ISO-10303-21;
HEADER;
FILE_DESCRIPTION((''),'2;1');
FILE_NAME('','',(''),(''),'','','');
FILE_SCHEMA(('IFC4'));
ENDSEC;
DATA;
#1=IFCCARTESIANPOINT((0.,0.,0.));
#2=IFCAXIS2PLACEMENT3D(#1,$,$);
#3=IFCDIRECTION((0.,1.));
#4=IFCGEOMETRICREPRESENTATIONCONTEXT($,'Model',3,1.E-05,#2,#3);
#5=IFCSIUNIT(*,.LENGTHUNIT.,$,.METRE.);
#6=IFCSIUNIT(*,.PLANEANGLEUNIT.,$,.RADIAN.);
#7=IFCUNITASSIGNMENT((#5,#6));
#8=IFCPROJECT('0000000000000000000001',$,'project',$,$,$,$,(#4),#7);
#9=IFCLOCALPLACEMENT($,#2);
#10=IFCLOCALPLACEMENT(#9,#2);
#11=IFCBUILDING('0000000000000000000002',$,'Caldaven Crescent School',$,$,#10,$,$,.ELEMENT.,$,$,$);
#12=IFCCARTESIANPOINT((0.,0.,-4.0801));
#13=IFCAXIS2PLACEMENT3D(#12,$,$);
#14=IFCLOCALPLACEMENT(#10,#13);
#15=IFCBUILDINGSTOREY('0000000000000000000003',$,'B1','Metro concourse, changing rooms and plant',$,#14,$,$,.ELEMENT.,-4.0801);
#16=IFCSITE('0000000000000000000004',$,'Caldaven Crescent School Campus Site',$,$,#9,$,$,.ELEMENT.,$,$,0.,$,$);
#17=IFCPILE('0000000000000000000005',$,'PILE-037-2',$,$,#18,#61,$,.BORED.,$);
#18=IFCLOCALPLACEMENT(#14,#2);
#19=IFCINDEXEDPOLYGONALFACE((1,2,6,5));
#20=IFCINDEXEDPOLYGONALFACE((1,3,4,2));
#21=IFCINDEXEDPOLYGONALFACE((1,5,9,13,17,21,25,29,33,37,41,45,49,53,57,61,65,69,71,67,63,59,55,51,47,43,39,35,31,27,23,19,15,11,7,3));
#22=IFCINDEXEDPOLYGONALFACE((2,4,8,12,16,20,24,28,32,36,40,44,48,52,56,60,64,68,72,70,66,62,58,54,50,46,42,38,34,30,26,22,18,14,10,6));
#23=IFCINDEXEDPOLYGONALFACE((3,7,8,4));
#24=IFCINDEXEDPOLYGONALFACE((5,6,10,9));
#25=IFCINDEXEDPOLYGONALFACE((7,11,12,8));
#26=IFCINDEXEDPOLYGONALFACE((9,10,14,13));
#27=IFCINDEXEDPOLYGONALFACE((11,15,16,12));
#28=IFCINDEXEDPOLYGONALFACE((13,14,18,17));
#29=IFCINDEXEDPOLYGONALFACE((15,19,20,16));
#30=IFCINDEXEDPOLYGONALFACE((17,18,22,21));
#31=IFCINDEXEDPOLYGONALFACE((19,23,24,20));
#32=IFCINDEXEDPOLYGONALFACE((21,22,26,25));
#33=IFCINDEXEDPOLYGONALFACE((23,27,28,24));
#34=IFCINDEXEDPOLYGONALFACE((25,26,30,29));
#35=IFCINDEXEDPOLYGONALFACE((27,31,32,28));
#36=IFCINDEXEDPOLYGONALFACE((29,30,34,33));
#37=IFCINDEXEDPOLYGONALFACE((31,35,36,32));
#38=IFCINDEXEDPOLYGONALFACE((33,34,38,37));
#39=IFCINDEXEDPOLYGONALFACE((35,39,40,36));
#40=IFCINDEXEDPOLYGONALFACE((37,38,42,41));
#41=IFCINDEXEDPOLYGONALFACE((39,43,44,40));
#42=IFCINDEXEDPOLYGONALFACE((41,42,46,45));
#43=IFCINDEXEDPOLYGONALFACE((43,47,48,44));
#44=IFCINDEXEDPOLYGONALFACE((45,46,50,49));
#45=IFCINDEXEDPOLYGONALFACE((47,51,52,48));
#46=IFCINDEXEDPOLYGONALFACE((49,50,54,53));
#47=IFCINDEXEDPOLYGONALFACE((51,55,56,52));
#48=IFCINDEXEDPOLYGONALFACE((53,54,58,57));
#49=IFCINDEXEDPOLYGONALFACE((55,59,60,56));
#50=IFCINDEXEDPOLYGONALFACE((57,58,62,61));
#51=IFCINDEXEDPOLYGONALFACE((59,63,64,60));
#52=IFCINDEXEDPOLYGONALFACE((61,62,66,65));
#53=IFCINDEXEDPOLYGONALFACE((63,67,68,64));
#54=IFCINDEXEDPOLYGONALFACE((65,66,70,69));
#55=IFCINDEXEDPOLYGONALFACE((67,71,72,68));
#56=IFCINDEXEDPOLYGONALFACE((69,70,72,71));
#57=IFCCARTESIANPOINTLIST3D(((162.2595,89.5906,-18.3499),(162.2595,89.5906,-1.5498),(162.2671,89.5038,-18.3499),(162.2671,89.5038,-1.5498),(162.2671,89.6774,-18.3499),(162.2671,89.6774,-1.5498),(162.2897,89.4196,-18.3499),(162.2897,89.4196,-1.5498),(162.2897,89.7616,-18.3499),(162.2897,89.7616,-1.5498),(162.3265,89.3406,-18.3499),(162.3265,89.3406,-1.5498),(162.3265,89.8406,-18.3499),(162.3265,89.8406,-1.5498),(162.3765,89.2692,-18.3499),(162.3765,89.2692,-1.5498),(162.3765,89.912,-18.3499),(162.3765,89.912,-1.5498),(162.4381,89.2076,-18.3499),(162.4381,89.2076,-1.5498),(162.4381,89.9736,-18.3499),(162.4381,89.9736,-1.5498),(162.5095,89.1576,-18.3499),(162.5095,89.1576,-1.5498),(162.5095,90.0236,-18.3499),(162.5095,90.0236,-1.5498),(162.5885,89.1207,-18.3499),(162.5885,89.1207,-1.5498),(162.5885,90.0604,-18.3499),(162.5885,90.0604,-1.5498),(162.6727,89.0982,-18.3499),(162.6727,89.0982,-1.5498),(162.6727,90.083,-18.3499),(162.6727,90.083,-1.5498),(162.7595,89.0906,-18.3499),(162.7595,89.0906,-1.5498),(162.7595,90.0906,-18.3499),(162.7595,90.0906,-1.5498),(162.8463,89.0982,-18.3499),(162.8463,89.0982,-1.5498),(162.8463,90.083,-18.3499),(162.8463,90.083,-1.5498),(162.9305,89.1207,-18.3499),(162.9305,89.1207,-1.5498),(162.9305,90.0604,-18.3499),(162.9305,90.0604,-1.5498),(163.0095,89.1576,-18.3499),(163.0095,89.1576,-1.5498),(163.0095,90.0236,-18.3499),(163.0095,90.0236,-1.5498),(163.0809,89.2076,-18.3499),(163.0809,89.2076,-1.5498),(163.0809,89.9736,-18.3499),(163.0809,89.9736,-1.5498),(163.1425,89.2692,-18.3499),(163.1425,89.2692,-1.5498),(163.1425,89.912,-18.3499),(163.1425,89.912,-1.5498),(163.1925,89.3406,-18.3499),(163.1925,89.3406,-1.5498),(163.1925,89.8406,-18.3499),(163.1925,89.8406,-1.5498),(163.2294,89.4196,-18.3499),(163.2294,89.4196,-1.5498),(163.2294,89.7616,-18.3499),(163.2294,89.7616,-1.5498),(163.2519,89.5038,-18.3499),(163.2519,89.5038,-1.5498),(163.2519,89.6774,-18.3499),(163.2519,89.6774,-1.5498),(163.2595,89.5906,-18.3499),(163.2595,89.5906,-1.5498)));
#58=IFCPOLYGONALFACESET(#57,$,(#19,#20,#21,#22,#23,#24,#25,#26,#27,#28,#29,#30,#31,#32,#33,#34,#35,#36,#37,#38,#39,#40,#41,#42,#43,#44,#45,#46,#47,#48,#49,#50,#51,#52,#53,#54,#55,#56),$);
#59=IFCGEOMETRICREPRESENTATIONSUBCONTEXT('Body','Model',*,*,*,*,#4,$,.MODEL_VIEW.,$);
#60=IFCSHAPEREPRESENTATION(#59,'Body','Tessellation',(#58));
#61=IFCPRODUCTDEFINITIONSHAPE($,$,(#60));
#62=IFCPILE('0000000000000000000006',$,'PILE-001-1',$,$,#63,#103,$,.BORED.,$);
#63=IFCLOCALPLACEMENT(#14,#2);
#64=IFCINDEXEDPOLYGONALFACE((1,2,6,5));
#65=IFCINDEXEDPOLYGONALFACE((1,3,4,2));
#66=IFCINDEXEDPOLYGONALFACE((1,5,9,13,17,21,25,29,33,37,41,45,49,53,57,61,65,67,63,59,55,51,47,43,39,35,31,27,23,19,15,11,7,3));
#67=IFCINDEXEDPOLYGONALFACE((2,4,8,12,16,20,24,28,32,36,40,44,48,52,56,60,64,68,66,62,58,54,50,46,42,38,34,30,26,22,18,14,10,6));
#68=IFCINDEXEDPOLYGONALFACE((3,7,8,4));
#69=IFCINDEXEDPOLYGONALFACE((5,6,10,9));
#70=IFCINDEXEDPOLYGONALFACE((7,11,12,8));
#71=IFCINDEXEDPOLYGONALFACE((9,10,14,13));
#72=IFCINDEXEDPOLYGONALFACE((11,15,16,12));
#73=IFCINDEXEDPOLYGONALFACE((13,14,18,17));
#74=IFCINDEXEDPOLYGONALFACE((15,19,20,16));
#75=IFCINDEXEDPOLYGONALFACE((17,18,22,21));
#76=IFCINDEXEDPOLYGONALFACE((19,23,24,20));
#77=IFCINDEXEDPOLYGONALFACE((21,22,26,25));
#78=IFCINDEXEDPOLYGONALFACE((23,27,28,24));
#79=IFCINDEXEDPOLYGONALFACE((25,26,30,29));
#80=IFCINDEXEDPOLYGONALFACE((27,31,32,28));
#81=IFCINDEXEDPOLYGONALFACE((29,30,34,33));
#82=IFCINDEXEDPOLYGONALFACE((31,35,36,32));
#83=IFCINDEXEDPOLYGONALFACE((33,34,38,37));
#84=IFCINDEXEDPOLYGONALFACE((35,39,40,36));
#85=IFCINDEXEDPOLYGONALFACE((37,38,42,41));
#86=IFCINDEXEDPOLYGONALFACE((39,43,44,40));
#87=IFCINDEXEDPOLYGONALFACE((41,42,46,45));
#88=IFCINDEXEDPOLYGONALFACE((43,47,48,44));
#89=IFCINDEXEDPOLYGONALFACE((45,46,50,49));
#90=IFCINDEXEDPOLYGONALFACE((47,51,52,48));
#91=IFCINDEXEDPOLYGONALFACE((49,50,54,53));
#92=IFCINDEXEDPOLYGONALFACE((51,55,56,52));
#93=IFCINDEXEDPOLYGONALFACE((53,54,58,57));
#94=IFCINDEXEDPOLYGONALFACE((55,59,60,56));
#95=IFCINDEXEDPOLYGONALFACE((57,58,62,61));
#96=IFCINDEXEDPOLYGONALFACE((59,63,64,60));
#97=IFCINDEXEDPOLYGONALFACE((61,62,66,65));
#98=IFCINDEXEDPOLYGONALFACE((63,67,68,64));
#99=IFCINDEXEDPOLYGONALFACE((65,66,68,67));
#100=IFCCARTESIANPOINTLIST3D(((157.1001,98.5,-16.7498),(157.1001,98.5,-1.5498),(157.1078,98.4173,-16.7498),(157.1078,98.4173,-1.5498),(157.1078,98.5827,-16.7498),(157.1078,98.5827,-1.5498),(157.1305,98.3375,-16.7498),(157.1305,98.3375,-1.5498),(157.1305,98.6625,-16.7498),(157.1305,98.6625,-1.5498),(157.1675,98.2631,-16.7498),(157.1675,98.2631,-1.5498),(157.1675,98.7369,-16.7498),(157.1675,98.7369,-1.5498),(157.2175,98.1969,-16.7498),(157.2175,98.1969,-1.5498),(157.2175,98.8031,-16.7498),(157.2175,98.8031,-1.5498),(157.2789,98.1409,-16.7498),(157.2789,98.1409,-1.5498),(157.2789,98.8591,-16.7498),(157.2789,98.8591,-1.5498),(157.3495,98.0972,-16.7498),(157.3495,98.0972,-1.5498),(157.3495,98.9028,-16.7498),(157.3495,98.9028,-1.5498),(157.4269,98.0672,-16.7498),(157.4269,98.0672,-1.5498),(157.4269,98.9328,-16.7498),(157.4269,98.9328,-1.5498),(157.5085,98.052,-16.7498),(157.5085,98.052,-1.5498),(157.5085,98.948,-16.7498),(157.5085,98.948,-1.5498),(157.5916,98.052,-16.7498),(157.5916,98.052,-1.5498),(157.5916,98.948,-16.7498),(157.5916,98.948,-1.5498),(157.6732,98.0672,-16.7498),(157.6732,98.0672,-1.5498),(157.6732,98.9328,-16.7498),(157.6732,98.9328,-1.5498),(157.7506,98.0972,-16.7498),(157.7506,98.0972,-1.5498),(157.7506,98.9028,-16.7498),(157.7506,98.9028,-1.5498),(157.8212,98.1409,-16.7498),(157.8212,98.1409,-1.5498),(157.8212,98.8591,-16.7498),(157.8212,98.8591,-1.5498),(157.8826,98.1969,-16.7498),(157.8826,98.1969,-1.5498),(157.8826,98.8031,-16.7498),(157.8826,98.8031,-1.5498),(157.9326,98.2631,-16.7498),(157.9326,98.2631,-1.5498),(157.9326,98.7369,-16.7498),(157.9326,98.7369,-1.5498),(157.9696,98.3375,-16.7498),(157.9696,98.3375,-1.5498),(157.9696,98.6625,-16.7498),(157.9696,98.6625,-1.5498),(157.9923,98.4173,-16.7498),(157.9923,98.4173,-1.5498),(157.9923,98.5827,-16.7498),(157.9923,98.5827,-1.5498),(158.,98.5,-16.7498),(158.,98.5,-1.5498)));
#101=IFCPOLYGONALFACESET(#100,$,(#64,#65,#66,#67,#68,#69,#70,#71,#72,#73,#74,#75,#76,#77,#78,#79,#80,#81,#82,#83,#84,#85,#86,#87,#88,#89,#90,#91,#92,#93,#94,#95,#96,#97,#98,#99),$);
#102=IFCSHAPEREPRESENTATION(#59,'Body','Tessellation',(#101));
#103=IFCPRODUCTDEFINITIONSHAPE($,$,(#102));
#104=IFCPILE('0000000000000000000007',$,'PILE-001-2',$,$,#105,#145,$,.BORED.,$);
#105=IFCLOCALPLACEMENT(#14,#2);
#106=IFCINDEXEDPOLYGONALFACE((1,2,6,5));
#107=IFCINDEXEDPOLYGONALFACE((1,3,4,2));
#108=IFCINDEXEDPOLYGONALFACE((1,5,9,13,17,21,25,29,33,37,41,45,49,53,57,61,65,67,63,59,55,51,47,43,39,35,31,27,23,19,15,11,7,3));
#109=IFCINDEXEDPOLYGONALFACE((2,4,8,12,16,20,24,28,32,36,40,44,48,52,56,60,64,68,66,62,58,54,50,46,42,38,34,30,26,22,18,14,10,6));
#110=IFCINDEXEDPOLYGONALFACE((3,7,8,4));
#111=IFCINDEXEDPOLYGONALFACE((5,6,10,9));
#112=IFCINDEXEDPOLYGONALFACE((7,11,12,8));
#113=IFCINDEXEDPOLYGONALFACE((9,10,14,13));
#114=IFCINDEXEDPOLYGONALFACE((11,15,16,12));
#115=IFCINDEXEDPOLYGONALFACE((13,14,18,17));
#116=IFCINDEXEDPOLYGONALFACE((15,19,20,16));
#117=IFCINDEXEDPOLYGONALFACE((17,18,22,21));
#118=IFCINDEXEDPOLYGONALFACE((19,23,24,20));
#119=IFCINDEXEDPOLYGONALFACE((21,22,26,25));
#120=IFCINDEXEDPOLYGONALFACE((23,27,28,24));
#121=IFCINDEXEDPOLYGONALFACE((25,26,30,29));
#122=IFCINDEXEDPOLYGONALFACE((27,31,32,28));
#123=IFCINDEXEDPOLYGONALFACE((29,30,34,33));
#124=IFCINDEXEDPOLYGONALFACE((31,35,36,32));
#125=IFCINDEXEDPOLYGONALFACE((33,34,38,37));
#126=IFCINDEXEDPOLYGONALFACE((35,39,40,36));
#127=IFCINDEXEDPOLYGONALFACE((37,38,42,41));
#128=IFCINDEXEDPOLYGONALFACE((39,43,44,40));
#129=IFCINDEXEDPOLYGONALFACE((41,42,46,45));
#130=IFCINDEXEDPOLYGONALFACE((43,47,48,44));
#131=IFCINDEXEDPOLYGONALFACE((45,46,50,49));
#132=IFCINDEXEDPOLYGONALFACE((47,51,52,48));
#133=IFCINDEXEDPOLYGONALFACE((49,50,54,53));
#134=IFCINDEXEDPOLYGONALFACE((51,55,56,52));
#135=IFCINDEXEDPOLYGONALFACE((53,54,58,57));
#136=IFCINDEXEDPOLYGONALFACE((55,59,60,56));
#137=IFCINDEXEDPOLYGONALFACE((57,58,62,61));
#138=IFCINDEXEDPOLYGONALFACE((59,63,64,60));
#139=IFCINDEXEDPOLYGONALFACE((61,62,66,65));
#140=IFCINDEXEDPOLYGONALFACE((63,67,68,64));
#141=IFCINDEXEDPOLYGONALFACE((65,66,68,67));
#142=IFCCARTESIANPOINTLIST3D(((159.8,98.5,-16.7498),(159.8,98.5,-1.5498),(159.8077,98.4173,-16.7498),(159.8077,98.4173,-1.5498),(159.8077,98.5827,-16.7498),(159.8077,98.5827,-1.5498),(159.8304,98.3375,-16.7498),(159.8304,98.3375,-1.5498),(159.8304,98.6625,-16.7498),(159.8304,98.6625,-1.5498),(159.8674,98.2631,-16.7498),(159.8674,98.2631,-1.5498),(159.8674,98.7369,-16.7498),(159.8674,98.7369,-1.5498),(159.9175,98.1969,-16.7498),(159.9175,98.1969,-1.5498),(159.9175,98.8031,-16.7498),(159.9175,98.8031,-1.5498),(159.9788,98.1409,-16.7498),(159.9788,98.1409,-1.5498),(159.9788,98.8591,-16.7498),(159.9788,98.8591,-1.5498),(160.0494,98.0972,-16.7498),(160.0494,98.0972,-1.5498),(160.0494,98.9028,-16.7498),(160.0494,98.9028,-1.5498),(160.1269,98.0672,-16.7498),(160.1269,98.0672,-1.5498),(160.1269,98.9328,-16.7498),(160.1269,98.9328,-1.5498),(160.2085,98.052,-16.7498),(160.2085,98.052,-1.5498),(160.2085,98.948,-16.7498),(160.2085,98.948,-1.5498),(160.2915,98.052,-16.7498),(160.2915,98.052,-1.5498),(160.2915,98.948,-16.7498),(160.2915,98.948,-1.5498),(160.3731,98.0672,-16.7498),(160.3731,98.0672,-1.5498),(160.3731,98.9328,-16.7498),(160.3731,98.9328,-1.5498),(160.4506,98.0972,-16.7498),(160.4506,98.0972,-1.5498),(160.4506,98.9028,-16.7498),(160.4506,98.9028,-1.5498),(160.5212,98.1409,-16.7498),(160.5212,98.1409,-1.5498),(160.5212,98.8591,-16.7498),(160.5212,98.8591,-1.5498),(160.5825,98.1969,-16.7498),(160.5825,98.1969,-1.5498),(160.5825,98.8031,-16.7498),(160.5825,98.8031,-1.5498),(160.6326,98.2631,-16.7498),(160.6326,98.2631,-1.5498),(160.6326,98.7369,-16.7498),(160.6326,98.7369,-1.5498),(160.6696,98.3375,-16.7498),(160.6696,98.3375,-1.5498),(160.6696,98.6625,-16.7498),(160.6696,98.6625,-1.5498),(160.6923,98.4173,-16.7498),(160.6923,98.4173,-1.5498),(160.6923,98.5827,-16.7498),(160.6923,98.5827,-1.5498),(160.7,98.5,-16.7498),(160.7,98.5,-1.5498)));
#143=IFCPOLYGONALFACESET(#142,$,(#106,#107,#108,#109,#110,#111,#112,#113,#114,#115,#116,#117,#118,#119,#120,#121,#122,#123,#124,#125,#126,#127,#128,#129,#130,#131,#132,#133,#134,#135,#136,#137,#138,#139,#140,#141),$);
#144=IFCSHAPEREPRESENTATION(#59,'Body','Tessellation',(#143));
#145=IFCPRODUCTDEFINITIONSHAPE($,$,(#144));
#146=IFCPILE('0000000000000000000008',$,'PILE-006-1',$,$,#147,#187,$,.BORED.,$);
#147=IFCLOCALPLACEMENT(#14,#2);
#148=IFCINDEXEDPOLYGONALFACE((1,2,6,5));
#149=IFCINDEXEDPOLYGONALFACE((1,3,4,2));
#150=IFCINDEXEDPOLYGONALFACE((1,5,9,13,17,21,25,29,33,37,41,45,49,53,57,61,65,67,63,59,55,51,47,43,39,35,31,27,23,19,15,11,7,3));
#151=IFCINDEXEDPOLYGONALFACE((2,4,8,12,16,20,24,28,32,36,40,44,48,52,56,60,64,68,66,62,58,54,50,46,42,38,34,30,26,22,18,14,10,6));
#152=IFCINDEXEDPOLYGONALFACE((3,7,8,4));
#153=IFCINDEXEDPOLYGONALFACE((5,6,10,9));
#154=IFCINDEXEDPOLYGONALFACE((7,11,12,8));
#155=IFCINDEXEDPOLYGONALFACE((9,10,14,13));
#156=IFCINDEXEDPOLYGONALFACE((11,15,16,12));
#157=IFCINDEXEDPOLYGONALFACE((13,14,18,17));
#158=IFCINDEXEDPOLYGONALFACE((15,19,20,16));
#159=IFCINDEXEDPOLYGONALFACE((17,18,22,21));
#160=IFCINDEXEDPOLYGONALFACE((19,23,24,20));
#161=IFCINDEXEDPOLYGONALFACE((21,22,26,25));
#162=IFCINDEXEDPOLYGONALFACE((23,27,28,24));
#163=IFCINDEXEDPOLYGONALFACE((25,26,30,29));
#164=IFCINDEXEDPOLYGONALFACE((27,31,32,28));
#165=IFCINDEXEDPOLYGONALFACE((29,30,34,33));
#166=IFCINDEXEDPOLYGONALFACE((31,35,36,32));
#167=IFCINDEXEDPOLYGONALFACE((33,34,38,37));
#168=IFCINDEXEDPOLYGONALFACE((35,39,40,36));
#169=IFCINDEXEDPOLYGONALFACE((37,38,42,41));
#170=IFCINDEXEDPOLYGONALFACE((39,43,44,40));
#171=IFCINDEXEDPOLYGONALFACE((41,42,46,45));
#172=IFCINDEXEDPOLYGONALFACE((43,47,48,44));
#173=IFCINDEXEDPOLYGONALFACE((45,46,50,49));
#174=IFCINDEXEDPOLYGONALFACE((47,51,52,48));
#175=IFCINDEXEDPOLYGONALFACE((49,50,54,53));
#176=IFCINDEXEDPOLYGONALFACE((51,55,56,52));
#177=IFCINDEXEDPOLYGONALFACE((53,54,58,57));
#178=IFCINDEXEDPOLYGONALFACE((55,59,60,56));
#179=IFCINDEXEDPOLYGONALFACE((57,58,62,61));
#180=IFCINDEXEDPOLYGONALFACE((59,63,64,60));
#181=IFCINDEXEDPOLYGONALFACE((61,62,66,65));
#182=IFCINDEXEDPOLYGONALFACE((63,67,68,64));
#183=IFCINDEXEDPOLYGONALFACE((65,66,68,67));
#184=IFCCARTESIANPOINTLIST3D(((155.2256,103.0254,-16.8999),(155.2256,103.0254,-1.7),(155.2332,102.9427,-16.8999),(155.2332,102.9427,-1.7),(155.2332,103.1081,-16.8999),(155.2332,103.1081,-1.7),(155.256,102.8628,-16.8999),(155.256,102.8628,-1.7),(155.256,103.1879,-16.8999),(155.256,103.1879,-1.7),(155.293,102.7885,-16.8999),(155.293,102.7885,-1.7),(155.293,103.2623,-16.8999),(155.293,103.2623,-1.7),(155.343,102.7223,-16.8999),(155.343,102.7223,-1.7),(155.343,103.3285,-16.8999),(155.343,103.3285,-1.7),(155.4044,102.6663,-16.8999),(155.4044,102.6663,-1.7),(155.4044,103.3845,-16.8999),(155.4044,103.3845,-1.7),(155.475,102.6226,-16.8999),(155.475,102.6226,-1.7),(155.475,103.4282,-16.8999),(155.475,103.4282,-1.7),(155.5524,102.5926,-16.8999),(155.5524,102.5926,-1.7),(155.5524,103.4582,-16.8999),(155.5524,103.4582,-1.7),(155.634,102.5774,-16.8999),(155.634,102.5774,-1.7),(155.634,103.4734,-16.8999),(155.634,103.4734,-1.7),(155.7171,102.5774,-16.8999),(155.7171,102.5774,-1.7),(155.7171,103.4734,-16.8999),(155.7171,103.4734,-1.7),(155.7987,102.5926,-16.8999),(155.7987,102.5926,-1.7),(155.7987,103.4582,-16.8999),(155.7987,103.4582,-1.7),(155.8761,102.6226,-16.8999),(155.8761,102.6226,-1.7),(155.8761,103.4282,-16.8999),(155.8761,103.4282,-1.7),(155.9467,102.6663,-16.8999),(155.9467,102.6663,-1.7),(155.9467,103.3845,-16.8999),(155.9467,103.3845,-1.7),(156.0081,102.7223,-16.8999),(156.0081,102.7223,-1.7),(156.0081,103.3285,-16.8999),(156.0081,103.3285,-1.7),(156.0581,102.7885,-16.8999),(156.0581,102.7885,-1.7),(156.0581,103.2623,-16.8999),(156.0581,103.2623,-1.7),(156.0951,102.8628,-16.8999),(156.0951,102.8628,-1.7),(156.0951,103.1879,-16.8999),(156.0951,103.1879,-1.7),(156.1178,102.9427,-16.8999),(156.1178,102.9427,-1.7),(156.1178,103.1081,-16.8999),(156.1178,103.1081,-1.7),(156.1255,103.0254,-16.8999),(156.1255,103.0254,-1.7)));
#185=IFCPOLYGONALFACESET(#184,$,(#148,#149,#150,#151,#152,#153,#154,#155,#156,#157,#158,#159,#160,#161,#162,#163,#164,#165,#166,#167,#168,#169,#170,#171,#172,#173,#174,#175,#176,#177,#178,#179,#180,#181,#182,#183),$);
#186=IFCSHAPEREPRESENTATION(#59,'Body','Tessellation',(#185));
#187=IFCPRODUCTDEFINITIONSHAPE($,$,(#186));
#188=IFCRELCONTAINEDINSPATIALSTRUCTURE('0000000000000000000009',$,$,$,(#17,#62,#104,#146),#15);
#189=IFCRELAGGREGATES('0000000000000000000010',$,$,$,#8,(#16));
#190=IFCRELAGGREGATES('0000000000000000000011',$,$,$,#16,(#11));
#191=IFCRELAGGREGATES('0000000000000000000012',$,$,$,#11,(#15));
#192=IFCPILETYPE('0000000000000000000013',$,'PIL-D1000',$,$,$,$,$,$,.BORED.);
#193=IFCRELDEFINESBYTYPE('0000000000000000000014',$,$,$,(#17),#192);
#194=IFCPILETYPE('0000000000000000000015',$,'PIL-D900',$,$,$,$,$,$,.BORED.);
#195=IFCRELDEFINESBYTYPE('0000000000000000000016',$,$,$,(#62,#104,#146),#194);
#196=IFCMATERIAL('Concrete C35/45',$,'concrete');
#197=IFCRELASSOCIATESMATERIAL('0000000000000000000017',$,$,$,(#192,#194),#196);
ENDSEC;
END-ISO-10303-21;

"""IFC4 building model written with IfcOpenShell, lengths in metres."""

from ifc_helpers import new_model, si_unit, direction, frame, origin, origin_2d, place, context, subcontext, project, spatial, circle, extrude, material, material_profile, profile_set, type_object, element, save


model = new_model("IFC4")

# Units and contexts
model_context = context("Model", 3, precision=1e-05, world=origin(), true_north=direction((0.0, 1.0)))
body_context = subcontext(model_context, "Body", "Model", "MODEL_VIEW")
ifc_project = project(units=[si_unit("LENGTHUNIT", "METRE"), si_unit("PLANEANGLEUNIT", "RADIAN")], contexts=[model_context])

# Site, building, storey
site_placement = place(None, origin())
site = spatial("IfcSite", under=ifc_project, at=site_placement, Name="Caldaven Crescent School Campus Site", CompositionType="ELEMENT", RefElevation=0.0)
building_placement = place(site_placement, origin())
building = spatial("IfcBuilding", under=site, at=building_placement, Name="Caldaven Crescent School", CompositionType="ELEMENT")
storey_placement = place(building_placement, frame((0.0, 0.0, -4.0801)))
storey = spatial("IfcBuildingStorey", under=building, at=storey_placement, Name="B1", Description="Metro concourse, changing rooms and plant", CompositionType="ELEMENT", Elevation=-4.0801)

# Shared definitions
ifc_material_1 = material(Name="Concrete C35/45", Category="concrete")

# Piles
ifc_material_profile_1 = material_profile(ifc_material_1, circle(Radius=0.5, at=origin_2d()), Name="PILE D1000")
ifc_profile_set_1 = profile_set([ifc_material_profile_1], Name="Concrete C35/45")
pile_type_1 = type_object("IfcPileType", Name="PIL-D1000", PredefinedType="BORED", material=ifc_profile_set_1)
for number, where, z_axis, x_axis, name in (
    (1, (162.7595, 89.5906, -1.5498), (0.0, 0.0, -1.0), (1.0, 0.0, 0.0), "PILE-037-2"),
):
    element("IfcPile", number, at=place(storey_placement, frame(where, z_axis=z_axis, x_axis=x_axis)), inside=storey, type_object=pile_type_1, Name=name, PredefinedType="BORED", context=body_context, shape_type="SweptSolid", body=[
        extrude(circle(Radius=0.5, at=origin_2d()), origin(), (0.0, 0.0, 1.0), 16.8),
    ])
ifc_material_profile_2 = material_profile(ifc_material_1, circle(Radius=0.45, at=origin_2d()), Name="PILE D900")
ifc_profile_set_2 = profile_set([ifc_material_profile_2], Name="Concrete C35/45")
pile_type_2 = type_object("IfcPileType", Name="PIL-D900", PredefinedType="BORED", material=ifc_profile_set_2)
for number, where, z_axis, x_axis, name in (
    (2, (157.55, 98.5, -1.5498), (0.0, 0.0, -1.0), (1.0, 0.0, 0.0), "PILE-001-1"),
    (3, (160.25, 98.5, -1.5498), (0.0, 0.0, -1.0), (1.0, 0.0, 0.0), "PILE-001-2"),
    (4, (155.6755, 103.0254, -1.7), (0.0, 0.0, -1.0), (1.0, 0.0, 0.0), "PILE-006-1"),
):
    element("IfcPile", number, at=place(storey_placement, frame(where, z_axis=z_axis, x_axis=x_axis)), inside=storey, type_object=pile_type_2, Name=name, PredefinedType="BORED", context=body_context, shape_type="SweptSolid", body=[
        extrude(circle(Radius=0.45, at=origin_2d()), origin(), (0.0, 0.0, 1.0), 15.2),
    ])

save(model, "model.ifc")
